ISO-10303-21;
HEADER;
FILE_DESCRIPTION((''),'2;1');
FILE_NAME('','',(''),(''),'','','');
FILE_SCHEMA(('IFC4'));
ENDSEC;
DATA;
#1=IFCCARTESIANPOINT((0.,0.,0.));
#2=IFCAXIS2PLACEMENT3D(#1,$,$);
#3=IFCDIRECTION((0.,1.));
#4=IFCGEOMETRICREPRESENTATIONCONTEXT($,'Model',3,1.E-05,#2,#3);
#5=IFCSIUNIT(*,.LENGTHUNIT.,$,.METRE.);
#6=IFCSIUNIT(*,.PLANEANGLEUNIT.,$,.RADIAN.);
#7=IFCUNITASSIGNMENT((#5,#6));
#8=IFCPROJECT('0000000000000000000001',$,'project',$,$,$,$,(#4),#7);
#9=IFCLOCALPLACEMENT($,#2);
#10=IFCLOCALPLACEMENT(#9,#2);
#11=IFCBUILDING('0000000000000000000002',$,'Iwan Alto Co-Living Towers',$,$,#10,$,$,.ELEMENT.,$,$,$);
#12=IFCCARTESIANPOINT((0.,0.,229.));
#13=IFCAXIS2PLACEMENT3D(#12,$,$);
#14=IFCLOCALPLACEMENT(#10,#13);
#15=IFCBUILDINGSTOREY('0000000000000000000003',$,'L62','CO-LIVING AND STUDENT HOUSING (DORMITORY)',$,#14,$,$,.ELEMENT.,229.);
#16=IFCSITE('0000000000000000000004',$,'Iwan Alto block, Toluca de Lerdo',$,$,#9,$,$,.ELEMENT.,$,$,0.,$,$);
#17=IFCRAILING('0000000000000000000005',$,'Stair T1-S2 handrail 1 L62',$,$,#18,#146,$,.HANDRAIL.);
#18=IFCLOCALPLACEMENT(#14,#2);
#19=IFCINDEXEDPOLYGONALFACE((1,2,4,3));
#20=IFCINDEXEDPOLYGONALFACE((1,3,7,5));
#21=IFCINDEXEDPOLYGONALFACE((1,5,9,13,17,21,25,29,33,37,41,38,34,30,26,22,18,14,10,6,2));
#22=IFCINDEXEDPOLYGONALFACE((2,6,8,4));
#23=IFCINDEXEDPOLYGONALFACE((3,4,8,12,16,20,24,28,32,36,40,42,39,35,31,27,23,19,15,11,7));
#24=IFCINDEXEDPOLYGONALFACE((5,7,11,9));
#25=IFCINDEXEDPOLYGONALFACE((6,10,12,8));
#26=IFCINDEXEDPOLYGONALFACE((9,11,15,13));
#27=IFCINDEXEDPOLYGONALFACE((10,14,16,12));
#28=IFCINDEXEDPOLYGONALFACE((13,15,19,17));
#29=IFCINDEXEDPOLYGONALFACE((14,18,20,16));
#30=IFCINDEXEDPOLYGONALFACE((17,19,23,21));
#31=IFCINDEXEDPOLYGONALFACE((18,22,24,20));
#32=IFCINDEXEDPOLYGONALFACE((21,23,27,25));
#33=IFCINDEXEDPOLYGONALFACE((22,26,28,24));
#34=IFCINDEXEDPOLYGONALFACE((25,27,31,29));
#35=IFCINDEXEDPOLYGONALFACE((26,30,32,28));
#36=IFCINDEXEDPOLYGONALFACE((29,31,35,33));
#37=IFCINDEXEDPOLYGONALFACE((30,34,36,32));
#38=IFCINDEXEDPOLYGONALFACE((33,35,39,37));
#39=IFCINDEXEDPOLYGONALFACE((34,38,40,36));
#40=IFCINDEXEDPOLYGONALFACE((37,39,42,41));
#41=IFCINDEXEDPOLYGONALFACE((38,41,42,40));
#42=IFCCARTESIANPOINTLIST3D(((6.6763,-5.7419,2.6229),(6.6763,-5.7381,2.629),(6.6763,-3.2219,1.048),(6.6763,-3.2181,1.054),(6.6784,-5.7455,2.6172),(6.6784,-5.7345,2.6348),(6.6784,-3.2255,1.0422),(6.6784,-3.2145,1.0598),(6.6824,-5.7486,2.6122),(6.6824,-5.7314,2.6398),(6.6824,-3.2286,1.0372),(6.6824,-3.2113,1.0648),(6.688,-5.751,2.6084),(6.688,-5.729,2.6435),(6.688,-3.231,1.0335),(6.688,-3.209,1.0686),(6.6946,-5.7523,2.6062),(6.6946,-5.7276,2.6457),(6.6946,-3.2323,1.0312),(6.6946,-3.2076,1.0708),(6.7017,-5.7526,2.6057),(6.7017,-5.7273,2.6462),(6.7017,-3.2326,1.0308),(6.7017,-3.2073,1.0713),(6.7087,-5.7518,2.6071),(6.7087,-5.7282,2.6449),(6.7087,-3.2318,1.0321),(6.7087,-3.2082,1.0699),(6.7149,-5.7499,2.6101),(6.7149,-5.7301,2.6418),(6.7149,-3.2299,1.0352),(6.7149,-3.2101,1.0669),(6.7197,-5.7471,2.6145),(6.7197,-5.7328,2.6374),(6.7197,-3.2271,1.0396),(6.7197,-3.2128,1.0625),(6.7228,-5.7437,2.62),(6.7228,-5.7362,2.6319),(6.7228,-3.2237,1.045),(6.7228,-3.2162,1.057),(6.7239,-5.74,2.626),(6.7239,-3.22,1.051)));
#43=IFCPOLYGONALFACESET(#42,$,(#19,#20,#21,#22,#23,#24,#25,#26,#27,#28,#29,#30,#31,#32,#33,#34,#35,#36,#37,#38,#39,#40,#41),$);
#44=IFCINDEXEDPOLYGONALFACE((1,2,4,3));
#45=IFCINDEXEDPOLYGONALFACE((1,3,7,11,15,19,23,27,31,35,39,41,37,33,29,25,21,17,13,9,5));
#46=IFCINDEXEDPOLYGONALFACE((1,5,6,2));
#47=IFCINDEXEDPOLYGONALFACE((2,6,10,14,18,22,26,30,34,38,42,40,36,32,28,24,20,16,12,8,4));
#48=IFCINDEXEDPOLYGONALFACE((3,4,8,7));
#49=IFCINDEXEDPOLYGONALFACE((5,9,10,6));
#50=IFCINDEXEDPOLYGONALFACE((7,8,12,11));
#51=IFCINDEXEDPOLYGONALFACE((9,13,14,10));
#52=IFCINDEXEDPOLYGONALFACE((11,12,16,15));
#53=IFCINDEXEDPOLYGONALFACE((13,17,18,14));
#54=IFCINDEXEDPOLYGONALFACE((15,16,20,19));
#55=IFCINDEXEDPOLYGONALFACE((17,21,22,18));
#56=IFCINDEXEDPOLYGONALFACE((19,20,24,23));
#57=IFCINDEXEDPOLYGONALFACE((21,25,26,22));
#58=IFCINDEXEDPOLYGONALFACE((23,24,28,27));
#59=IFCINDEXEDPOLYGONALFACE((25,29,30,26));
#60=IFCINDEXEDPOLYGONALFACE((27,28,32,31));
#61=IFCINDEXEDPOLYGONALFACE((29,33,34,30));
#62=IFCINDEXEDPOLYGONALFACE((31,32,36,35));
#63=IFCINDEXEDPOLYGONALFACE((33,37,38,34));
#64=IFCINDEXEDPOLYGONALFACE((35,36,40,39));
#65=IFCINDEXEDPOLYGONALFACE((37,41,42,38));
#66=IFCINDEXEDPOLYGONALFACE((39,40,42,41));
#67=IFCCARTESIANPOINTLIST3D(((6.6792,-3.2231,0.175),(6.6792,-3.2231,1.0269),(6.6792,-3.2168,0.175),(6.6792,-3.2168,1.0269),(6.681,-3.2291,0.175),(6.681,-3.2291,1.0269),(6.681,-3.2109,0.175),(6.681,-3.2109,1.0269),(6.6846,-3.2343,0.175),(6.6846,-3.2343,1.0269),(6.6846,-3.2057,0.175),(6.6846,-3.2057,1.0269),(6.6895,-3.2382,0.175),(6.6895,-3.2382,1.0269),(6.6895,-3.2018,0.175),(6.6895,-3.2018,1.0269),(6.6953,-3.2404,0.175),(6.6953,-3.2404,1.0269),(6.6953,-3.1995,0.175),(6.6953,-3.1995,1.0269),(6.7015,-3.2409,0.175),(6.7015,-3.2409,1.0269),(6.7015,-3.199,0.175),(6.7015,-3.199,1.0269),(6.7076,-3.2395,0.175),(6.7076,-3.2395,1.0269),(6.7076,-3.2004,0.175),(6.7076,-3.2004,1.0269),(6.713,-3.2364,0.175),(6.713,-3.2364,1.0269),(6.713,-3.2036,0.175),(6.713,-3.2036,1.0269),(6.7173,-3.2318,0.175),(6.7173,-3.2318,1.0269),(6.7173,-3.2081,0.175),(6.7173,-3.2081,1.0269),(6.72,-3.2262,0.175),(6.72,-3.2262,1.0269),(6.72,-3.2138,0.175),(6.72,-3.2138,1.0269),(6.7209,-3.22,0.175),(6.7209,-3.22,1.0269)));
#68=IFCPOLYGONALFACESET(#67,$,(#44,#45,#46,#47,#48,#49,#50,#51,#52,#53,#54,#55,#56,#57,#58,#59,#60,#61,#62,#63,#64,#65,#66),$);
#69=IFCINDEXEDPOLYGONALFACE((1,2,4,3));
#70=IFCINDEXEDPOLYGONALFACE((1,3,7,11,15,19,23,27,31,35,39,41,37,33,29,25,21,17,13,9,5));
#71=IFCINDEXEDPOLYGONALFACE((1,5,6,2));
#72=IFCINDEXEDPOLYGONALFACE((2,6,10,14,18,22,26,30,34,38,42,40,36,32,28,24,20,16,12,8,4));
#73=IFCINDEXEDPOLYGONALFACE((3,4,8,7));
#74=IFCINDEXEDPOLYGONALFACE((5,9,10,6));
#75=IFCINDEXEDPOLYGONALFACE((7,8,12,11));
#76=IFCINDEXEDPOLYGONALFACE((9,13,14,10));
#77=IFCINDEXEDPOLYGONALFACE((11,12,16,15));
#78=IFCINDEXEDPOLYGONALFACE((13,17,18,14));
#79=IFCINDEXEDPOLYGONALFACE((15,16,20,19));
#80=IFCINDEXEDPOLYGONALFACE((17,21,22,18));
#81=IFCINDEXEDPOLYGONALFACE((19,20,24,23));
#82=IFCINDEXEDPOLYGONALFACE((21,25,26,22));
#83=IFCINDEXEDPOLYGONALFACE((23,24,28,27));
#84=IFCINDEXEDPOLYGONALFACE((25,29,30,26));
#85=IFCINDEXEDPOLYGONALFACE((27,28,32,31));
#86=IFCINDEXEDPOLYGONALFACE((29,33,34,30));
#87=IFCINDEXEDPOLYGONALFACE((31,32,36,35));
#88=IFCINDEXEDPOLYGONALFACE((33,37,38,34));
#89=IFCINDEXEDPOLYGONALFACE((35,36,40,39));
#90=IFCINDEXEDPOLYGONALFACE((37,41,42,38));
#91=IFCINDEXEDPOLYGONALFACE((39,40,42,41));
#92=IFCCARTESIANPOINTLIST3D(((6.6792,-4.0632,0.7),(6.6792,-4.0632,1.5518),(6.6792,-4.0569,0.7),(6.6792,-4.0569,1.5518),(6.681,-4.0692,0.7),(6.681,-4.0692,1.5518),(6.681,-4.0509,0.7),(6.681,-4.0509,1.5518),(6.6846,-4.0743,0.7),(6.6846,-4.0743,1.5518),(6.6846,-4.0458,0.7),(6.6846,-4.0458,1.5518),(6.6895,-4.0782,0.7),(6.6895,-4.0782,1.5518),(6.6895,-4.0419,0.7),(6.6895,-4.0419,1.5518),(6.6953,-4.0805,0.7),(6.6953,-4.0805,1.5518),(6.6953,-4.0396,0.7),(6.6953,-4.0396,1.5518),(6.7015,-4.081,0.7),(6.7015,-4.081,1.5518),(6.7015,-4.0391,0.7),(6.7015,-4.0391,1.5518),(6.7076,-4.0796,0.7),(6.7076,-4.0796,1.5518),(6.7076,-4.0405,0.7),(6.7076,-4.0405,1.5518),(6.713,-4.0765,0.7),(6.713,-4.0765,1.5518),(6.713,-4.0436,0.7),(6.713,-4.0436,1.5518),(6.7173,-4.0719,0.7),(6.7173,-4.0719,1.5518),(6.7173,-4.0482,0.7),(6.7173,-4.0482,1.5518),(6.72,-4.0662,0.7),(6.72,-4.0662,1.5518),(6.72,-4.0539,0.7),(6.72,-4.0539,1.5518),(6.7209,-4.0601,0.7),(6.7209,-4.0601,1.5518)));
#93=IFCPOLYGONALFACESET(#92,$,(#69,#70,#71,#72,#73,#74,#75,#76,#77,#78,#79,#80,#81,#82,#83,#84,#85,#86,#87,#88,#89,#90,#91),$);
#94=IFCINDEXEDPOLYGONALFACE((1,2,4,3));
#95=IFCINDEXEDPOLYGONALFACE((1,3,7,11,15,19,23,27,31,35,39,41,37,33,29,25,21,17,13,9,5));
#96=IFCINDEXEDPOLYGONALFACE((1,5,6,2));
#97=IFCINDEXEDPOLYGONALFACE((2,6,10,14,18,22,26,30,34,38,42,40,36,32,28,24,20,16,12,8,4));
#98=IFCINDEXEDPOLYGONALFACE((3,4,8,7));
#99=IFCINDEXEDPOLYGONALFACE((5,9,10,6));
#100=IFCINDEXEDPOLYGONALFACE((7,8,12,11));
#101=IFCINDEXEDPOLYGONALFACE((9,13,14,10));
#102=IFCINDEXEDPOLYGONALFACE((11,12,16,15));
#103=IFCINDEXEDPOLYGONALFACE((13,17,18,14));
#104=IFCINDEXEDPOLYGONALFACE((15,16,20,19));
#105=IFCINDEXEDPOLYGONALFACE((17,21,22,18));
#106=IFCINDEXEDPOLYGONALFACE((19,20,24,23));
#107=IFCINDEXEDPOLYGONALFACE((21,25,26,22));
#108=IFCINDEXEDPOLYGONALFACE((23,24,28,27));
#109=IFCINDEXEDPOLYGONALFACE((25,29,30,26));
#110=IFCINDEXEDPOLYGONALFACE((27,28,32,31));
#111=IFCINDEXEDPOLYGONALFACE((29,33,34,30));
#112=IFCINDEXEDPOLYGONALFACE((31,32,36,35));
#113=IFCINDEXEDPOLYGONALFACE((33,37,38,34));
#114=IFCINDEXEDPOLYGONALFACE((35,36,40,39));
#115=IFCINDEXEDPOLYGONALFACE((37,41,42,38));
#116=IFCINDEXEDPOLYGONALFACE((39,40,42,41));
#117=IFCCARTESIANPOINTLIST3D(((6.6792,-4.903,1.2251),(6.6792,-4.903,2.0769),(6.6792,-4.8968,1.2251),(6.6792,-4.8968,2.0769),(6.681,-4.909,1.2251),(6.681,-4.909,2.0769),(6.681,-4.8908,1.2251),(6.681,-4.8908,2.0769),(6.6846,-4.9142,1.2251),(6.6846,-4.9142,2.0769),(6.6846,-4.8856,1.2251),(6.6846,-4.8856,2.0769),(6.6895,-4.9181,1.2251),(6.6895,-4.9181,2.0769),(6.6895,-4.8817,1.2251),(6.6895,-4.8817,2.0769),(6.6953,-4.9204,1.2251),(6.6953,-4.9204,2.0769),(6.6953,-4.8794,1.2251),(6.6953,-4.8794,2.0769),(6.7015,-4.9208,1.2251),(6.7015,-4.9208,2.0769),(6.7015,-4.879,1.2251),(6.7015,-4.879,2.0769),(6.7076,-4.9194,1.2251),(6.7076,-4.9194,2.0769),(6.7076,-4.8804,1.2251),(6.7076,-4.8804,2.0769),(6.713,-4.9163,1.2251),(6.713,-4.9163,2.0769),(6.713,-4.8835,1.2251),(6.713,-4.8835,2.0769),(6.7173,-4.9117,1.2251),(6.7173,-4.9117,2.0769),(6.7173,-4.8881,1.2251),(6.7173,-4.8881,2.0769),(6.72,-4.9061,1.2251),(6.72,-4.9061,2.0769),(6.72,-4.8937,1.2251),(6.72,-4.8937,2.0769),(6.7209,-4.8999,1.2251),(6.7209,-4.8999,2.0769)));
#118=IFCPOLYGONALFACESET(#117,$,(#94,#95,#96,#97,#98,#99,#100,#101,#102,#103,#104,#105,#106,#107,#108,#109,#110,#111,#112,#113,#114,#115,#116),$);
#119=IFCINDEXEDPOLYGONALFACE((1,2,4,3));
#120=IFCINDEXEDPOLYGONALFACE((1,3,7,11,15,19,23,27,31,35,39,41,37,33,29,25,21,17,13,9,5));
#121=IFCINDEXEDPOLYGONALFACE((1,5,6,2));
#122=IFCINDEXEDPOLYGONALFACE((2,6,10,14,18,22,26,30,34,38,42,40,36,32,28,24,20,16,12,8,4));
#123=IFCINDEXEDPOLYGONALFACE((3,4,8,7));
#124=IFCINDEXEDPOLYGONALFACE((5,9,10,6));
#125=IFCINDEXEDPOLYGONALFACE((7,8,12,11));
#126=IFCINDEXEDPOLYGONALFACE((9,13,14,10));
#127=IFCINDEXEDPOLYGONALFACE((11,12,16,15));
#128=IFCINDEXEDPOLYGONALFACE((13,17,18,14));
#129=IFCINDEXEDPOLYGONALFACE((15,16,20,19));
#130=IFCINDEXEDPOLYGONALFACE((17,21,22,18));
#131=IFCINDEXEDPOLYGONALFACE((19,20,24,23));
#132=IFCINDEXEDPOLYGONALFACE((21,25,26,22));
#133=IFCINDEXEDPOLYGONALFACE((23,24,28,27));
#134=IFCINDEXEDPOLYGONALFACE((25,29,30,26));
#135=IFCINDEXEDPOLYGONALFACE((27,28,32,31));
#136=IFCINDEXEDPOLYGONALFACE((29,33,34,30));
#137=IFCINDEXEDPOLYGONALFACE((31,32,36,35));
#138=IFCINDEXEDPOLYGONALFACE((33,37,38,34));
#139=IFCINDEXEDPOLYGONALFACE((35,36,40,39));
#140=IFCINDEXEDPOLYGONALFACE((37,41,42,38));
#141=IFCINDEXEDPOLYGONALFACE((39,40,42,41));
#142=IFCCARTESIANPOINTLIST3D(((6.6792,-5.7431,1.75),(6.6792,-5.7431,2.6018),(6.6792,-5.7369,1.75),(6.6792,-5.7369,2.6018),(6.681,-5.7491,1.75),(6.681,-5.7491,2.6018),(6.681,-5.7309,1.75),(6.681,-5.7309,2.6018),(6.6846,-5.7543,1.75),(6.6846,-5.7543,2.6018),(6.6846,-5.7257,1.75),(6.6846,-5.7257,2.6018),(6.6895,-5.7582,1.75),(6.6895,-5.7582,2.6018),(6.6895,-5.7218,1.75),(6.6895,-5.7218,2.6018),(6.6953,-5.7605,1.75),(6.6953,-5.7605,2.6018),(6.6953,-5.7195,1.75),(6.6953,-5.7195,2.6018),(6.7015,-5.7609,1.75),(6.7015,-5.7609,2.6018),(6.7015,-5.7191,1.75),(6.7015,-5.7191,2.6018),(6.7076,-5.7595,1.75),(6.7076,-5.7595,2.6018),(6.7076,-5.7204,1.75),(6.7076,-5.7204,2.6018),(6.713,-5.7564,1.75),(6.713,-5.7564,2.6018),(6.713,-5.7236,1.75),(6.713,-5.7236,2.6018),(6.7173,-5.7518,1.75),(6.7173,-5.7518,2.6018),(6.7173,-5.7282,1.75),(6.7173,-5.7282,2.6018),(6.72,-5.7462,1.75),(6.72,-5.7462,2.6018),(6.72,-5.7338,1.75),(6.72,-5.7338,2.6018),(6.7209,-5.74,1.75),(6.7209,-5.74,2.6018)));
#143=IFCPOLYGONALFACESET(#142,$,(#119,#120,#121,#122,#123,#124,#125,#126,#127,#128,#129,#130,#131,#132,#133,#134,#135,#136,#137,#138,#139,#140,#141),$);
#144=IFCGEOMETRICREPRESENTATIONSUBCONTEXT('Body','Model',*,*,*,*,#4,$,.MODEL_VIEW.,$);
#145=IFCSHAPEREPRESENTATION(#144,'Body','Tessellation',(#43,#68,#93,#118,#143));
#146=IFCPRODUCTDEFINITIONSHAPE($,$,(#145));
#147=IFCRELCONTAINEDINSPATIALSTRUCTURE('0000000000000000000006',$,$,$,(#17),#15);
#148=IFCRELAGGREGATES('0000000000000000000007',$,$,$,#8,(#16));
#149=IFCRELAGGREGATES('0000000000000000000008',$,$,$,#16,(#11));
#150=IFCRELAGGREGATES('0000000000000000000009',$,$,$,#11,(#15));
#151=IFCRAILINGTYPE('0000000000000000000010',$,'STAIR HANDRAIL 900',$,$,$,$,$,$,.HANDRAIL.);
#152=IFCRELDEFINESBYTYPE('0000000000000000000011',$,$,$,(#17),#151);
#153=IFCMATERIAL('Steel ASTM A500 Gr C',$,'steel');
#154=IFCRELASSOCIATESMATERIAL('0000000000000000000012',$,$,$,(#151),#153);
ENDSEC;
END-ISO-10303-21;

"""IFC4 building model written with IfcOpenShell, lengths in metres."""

from ifc_helpers import new_model, si_unit, direction, frame, origin, origin_2d, place, context, subcontext, project, spatial, circle, extrude, material, type_object, element, save


model = new_model("IFC4")

# Units and contexts
model_context = context("Model", 3, precision=1e-05, world=origin(), true_north=direction((0.0, 1.0)))
body_context = subcontext(model_context, "Body", "Model", "MODEL_VIEW")
ifc_project = project(units=[si_unit("LENGTHUNIT", "METRE"), si_unit("PLANEANGLEUNIT", "RADIAN")], contexts=[model_context])

# Site, building, storey
site_placement = place(None, origin())
site = spatial("IfcSite", under=ifc_project, at=site_placement, Name="Iwan Alto block, Toluca de Lerdo", CompositionType="ELEMENT", RefElevation=0.0)
building_placement = place(site_placement, origin())
building = spatial("IfcBuilding", under=site, at=building_placement, Name="Iwan Alto Co-Living Towers", CompositionType="ELEMENT")
storey_placement = place(building_placement, frame((0.0, 0.0, 229.0)))
storey = spatial("IfcBuildingStorey", under=building, at=storey_placement, Name="L62", Description="CO-LIVING AND STUDENT HOUSING (DORMITORY)", CompositionType="ELEMENT", Elevation=229.0)

# Railing
ifc_material_1 = material(Name="Steel ASTM A500 Gr C", Category="steel")
railing_type_1 = type_object("IfcRailingType", Name="STAIR HANDRAIL 900", PredefinedType="HANDRAIL", material=ifc_material_1)
railing_1_placement = place(storey_placement, frame((6.7, -3.22, 0.175)))
element("IfcRailing", 1, at=railing_1_placement, inside=storey, type_object=railing_type_1, Name="Stair T1-S2 handrail 1 L62", PredefinedType="HANDRAIL", context=body_context, shape_type="SweptSolid", body=[
    extrude(circle(Radius=0.0239, at=origin_2d()), frame((0.0, 0.0, 0.876), z_axis=(0.0, -0.848008, 0.529984), x_axis=(1.0, 0.0, 0.0)), (0.0, 0.0, 1.0), 2.9717),
    extrude(circle(Radius=0.021, at=origin_2d()), origin(), (0.0, 0.0, 1.0), 0.8518),
    extrude(circle(Radius=0.021, at=origin_2d()), frame((0.0, -0.8401, 0.5249)), (0.0, 0.0, 1.0), 0.8518),
    extrude(circle(Radius=0.021, at=origin_2d()), frame((0.0, -1.6799, 1.05)), (0.0, 0.0, 1.0), 0.8518),
    extrude(circle(Radius=0.021, at=origin_2d()), frame((0.0, -2.52, 1.575)), (0.0, 0.0, 1.0), 0.8518),
])

save(model, "model.ifc")
